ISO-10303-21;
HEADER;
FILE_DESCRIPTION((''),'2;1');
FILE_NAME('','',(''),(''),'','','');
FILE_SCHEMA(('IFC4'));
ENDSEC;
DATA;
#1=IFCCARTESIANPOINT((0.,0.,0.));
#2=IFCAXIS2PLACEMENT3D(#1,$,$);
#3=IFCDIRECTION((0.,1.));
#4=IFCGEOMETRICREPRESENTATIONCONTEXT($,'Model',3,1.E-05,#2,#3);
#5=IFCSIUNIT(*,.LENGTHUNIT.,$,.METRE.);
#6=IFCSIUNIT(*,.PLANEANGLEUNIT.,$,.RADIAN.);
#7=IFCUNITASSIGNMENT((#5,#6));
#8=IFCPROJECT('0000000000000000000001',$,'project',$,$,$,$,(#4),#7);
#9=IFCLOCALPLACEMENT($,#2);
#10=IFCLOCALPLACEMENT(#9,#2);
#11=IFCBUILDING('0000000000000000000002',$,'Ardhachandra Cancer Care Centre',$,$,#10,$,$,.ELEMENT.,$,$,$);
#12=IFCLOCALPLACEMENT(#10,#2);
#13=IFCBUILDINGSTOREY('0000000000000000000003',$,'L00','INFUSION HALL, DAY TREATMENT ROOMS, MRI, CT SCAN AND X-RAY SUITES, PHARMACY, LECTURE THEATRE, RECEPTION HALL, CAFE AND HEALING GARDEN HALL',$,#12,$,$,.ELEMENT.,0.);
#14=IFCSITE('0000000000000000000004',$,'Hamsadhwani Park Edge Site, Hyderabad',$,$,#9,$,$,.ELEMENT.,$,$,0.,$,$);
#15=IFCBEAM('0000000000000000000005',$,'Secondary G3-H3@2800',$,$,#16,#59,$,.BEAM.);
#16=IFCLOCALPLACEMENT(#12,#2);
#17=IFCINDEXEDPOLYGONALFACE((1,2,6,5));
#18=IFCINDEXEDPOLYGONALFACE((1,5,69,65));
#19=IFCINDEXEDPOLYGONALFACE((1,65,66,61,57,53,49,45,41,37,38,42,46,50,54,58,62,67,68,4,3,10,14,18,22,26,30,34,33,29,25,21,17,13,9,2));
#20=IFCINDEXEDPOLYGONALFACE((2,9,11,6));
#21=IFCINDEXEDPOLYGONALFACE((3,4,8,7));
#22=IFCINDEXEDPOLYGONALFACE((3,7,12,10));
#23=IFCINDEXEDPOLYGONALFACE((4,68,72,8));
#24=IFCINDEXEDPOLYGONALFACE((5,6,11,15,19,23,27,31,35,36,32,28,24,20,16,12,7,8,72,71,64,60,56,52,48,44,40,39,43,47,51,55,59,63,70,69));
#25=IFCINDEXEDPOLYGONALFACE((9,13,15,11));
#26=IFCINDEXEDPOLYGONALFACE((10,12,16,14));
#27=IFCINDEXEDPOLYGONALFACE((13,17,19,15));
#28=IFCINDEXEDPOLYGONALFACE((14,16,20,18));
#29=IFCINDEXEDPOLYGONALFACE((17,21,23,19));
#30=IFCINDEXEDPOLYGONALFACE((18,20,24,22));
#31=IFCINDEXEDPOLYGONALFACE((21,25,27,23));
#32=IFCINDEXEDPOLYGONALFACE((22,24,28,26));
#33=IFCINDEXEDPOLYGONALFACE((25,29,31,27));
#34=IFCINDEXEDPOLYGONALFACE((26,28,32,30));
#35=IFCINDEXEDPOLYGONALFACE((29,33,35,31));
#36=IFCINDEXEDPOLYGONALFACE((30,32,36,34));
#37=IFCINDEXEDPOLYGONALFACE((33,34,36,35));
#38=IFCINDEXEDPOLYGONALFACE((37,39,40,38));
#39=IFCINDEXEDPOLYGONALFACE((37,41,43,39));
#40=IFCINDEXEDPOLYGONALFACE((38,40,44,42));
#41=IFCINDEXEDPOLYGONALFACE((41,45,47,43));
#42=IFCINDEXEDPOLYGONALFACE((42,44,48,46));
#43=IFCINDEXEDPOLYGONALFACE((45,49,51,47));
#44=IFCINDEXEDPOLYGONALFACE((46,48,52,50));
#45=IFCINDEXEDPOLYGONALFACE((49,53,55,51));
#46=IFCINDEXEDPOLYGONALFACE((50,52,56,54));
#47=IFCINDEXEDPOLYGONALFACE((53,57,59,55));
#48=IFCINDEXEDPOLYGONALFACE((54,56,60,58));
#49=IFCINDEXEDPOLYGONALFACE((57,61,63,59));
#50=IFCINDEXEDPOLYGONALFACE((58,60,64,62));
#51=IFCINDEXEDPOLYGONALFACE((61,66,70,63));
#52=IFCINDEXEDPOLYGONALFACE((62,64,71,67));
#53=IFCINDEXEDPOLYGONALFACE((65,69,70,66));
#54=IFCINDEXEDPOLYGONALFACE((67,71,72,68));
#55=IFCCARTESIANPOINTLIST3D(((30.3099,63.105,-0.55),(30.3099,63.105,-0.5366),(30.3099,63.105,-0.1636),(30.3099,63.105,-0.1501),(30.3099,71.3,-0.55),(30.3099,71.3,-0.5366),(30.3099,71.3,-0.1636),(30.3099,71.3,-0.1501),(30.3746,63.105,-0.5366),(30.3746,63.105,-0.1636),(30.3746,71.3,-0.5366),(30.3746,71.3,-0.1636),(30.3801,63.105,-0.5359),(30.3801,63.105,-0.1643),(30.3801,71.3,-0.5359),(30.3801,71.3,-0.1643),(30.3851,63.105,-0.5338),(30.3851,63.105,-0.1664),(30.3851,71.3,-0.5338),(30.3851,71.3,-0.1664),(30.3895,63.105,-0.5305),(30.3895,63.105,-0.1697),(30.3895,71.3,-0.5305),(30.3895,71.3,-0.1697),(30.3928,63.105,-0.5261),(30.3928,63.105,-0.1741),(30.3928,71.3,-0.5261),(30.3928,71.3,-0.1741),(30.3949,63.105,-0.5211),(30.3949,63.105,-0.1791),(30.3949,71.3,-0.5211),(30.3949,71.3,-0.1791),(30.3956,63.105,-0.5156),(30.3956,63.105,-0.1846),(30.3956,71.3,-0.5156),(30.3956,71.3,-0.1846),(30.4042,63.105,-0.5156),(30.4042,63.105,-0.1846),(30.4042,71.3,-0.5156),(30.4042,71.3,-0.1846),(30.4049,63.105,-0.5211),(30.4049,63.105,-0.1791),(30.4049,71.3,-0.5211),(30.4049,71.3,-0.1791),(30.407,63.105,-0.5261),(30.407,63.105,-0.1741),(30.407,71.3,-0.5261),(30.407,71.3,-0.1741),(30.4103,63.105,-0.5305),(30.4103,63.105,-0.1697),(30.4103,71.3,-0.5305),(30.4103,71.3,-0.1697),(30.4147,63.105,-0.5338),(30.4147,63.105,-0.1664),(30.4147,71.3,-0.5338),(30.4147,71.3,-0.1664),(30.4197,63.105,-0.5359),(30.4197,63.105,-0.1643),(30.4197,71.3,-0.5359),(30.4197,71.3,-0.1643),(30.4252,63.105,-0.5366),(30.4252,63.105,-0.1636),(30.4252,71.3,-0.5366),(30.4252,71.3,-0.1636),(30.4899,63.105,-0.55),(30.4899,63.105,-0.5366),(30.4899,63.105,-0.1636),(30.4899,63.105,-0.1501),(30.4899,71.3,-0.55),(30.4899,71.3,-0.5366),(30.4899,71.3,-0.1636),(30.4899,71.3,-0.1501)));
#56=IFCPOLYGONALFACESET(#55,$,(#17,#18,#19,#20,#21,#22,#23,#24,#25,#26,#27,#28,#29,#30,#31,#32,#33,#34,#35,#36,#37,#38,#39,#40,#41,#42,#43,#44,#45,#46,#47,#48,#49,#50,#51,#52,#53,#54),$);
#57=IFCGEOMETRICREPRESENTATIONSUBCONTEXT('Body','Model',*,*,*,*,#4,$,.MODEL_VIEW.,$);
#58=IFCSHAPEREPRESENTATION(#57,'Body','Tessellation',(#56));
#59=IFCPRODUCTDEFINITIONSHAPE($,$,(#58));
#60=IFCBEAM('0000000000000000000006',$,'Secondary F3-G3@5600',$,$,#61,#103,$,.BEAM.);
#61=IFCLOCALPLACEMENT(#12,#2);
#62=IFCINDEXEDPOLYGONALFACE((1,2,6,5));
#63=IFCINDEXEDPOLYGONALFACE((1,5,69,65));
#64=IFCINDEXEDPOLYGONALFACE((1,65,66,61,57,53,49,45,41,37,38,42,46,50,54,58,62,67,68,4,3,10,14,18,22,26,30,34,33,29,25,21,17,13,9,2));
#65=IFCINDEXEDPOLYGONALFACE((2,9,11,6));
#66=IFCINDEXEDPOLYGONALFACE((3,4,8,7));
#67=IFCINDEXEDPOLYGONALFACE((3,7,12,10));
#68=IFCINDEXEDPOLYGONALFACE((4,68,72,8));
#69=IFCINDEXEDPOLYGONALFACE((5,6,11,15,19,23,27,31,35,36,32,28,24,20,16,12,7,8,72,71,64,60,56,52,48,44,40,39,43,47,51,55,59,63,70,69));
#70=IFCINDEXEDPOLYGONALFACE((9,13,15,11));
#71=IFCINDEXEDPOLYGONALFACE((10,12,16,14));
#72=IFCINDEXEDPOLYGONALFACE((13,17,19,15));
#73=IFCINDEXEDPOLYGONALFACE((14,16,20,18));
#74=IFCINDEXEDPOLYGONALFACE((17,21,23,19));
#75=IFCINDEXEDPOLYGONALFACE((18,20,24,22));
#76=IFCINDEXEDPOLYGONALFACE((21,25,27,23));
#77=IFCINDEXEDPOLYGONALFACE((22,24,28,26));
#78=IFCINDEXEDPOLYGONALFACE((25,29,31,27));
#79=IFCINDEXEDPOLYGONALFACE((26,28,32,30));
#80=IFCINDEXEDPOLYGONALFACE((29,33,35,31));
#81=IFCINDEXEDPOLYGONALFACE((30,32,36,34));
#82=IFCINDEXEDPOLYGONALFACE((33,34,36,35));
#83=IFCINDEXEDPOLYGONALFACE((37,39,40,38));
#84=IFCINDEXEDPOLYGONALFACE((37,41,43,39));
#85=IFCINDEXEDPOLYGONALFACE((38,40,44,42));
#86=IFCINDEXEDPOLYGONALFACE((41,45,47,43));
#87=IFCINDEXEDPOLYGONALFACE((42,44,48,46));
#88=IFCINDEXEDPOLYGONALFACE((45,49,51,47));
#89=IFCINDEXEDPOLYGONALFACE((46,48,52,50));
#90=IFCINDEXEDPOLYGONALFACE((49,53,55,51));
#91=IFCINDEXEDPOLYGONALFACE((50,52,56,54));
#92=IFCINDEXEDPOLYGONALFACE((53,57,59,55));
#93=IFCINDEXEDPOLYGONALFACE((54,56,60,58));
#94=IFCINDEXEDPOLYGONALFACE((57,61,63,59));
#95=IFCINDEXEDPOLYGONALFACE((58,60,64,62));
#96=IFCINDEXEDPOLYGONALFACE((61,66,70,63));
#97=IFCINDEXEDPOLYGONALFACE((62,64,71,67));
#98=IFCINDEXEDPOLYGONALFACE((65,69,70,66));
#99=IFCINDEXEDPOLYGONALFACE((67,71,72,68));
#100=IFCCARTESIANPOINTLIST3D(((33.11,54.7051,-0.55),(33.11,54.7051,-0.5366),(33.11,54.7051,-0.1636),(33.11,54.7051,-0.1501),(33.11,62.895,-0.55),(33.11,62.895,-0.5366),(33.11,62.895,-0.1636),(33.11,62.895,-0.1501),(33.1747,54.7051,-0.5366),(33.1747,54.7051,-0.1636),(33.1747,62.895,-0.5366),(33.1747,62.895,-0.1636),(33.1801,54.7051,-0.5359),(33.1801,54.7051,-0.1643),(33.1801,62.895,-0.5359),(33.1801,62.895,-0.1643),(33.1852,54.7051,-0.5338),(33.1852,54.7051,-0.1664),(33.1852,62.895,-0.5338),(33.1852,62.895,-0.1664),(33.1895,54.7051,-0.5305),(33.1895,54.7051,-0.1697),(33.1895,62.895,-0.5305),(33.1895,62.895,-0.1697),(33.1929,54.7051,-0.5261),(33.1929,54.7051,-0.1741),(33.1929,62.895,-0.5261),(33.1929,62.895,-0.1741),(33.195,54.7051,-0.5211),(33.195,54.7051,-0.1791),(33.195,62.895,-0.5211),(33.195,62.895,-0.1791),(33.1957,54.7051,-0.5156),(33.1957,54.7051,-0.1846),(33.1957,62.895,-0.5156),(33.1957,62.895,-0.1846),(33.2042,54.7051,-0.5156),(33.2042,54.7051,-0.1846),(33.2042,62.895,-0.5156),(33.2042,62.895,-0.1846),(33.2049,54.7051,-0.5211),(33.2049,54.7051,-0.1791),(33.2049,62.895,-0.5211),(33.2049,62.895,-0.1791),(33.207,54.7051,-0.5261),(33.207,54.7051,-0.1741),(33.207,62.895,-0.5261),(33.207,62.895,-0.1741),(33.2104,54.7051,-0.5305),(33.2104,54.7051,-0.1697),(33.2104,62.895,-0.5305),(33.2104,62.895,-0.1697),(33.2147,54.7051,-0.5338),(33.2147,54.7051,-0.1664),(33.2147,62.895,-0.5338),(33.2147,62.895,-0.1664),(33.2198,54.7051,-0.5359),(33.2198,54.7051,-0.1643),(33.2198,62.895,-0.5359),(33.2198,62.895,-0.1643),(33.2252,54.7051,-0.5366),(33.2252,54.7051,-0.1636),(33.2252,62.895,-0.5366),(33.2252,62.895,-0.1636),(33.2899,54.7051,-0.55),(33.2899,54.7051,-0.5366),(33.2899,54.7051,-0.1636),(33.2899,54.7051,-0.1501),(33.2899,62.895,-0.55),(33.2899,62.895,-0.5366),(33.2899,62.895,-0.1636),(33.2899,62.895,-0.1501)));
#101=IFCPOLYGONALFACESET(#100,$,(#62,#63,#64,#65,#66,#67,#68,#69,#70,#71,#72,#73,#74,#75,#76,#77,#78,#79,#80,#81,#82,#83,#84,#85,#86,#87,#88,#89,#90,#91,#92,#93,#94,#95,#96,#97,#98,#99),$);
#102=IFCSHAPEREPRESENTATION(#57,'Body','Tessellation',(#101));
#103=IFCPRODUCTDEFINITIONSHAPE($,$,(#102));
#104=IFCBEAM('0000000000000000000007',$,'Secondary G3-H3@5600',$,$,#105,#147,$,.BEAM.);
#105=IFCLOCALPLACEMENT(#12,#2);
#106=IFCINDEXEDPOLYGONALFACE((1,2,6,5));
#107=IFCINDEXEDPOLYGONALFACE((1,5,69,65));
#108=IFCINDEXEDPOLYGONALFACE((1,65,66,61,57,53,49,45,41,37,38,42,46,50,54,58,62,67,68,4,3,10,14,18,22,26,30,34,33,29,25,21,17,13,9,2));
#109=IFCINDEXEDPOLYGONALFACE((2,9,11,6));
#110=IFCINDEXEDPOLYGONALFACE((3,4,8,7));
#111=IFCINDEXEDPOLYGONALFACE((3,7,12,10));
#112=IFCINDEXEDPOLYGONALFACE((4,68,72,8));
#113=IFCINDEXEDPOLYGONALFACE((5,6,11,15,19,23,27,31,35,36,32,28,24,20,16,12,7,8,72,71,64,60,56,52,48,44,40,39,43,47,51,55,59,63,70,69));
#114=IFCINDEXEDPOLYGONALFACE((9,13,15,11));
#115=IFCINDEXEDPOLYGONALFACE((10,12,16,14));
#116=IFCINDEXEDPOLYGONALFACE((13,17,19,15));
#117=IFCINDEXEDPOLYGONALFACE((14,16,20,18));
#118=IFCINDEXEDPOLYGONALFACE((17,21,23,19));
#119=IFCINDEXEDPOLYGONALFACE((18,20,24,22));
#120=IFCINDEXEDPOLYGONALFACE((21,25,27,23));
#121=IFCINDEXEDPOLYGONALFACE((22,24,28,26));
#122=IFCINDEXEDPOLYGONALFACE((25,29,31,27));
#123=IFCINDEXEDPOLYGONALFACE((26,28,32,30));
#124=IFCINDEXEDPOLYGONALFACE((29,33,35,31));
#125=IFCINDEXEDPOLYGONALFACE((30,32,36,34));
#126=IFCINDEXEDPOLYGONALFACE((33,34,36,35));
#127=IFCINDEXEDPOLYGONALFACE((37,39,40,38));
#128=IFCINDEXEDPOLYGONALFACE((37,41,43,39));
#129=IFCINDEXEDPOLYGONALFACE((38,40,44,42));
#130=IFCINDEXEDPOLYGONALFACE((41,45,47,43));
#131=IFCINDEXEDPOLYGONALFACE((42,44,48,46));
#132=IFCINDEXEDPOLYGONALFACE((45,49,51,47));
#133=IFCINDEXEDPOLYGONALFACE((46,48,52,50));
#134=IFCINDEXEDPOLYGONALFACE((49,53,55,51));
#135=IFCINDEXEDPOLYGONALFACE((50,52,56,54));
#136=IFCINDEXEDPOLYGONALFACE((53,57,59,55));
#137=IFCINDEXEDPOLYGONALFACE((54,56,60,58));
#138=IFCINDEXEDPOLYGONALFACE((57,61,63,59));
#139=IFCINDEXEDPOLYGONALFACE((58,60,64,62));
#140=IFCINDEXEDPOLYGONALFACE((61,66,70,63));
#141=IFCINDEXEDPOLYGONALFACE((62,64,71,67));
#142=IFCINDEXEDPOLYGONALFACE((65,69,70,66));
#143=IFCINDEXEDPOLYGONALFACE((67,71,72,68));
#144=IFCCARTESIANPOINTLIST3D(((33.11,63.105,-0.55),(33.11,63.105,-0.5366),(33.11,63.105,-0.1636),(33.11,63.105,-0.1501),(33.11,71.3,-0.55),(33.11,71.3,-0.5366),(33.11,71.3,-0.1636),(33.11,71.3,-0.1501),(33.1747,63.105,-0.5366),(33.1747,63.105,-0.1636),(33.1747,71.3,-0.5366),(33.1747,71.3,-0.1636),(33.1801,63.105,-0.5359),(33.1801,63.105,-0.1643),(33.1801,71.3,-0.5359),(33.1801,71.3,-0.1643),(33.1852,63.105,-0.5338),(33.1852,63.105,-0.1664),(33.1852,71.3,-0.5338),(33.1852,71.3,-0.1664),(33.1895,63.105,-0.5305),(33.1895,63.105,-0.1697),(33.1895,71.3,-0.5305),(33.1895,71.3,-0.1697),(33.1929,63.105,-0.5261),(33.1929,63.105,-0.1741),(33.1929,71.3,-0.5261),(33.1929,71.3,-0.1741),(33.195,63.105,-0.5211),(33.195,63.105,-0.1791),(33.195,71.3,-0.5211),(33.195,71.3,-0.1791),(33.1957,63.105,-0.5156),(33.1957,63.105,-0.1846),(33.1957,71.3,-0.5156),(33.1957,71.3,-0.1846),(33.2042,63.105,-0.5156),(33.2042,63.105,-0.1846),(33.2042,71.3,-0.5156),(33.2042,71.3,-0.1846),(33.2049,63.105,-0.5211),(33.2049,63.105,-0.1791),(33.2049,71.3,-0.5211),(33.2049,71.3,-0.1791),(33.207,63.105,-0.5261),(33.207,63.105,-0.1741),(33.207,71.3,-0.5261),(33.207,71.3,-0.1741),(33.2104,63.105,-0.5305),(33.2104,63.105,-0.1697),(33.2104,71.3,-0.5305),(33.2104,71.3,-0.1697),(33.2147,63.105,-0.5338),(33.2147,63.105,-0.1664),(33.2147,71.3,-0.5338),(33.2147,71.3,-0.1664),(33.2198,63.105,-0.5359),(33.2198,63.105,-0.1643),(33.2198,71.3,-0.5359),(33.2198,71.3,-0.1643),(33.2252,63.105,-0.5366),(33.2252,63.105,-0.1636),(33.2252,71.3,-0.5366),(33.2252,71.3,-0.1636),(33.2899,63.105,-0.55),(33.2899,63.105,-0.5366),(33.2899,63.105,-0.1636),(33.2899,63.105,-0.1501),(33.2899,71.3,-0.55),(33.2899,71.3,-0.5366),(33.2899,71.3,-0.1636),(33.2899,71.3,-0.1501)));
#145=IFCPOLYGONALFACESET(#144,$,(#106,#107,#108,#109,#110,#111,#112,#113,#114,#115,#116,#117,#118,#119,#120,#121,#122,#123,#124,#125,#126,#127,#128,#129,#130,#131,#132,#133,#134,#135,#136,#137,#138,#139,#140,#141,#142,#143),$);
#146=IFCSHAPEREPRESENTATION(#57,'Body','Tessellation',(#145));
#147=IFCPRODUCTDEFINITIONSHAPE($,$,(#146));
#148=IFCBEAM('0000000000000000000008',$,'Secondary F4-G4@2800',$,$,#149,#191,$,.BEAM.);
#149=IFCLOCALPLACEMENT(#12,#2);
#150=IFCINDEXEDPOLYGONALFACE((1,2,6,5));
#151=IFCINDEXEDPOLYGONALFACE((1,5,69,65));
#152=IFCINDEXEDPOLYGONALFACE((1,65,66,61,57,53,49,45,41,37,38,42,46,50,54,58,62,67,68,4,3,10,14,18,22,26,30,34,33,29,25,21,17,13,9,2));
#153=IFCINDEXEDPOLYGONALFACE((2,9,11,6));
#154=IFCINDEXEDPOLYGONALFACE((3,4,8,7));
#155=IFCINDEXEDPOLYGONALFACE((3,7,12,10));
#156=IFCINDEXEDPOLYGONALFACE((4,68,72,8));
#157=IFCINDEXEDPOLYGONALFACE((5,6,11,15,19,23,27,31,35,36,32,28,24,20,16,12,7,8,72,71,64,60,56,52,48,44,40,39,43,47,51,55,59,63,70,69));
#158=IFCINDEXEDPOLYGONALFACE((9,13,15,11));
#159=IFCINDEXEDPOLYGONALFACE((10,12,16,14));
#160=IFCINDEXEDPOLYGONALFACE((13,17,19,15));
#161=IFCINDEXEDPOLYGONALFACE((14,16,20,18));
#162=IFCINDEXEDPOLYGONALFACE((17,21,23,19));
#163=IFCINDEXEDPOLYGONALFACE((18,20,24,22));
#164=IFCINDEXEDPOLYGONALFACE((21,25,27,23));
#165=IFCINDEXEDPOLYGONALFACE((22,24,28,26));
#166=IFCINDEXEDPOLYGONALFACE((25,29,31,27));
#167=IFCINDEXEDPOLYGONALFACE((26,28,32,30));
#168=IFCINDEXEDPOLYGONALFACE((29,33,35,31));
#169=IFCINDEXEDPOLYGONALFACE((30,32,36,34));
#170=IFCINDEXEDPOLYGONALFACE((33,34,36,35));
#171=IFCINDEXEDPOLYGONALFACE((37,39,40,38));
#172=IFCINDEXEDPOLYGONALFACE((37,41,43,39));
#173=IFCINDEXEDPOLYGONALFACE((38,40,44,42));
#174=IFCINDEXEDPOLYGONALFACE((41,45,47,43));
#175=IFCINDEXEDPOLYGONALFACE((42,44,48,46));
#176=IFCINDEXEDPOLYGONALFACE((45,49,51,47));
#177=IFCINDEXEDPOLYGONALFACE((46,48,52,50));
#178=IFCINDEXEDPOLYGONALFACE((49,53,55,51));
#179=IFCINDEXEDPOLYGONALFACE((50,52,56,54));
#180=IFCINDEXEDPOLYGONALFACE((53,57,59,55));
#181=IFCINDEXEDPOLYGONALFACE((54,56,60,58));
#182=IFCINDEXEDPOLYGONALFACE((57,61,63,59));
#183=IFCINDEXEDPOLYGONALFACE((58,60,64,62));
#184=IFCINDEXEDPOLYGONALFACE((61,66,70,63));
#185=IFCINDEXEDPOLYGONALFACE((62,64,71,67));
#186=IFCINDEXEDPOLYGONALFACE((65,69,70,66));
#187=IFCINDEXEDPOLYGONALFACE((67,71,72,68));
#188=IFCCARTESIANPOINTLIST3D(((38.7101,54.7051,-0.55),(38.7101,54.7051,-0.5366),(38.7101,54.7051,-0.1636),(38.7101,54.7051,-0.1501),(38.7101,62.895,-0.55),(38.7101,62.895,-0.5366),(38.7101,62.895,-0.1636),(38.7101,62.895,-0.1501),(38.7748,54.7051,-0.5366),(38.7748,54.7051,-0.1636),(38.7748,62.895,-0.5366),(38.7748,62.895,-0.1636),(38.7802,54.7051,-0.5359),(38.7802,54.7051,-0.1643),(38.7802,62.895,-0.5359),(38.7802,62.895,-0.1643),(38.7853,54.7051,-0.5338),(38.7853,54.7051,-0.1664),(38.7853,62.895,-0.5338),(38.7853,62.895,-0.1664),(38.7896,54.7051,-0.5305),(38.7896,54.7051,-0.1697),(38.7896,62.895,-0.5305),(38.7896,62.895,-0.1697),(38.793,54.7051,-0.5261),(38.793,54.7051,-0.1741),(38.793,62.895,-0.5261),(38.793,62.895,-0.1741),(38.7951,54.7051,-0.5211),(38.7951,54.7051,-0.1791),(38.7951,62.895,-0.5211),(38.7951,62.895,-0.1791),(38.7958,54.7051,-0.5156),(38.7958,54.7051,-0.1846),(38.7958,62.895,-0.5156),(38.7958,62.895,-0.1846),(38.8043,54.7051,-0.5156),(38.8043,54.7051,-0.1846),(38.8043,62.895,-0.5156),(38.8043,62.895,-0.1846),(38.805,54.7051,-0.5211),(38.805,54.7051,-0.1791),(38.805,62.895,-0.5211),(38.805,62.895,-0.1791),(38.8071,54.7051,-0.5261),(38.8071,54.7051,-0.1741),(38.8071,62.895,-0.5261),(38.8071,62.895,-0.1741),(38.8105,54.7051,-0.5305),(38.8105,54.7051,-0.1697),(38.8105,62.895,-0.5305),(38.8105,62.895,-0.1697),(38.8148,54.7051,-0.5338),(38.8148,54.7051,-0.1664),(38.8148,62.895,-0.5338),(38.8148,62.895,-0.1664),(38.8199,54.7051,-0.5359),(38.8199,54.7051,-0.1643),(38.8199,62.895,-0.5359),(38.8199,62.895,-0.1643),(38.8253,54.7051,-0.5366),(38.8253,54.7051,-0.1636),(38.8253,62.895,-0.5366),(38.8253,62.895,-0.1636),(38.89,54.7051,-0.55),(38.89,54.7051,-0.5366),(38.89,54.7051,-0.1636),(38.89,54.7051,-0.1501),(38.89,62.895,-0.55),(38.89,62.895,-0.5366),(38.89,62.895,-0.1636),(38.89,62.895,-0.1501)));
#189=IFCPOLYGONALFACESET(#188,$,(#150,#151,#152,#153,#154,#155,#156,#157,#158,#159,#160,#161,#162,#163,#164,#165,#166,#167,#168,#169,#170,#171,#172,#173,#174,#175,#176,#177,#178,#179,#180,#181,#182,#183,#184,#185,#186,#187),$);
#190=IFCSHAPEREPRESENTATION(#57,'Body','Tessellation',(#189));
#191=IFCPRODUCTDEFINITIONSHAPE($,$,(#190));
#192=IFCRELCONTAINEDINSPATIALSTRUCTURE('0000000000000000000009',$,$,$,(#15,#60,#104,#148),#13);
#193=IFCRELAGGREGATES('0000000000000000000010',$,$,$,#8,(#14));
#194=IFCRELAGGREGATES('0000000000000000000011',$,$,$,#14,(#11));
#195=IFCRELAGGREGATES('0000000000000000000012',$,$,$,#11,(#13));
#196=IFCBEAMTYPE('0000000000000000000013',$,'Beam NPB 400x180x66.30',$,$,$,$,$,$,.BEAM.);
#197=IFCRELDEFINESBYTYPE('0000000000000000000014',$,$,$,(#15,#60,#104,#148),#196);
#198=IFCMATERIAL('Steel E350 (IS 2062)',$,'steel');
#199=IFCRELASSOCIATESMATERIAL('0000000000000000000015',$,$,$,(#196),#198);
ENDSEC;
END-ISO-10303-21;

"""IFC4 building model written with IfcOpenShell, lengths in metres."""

from ifc_helpers import new_model, si_unit, direction, frame, origin, origin_2d, place, context, subcontext, project, spatial, i_section, extrude, material, material_profile, profile_set, type_object, element, save


model = new_model("IFC4")

# Units and contexts
model_context = context("Model", 3, precision=1e-05, world=origin(), true_north=direction((0.0, 1.0)))
body_context = subcontext(model_context, "Body", "Model", "MODEL_VIEW")
ifc_project = project(units=[si_unit("LENGTHUNIT", "METRE"), si_unit("PLANEANGLEUNIT", "RADIAN")], contexts=[model_context])

# Site, building, storey
site_placement = place(None, origin())
site = spatial("IfcSite", under=ifc_project, at=site_placement, Name="Hamsadhwani Park Edge Site, Hyderabad", CompositionType="ELEMENT", RefElevation=0.0)
building_placement = place(site_placement, origin())
building = spatial("IfcBuilding", under=site, at=building_placement, Name="Ardhachandra Cancer Care Centre", CompositionType="ELEMENT")
storey_placement = place(building_placement, origin())
storey = spatial("IfcBuildingStorey", under=building, at=storey_placement, Name="L00", Description="INFUSION HALL, DAY TREATMENT ROOMS, MRI, CT SCAN AND X-RAY SUITES, PHARMACY, LECTURE THEATRE, RECEPTION HALL, CAFE AND HEALING GARDEN HALL", CompositionType="ELEMENT", Elevation=0.0)

# Beams
ifc_material_1 = material(Name="Steel E350 (IS 2062)", Category="steel")
ifc_material_profile_1 = material_profile(ifc_material_1, i_section(OverallWidth=0.1799, OverallDepth=0.3999, WebThickness=0.0085, FlangeThickness=0.0134, FilletRadius=0.021, at=origin_2d()), Name="NPB 400x180x66.30")
ifc_profile_set_1 = profile_set([ifc_material_profile_1], Name="Steel E350 (IS 2062)")
beam_type_1 = type_object("IfcBeamType", Name="Beam NPB 400x180x66.30", PredefinedType="BEAM", material=ifc_profile_set_1)
beam_1_placement = place(storey_placement, frame((30.3999, 63.105, -0.3501), z_axis=(0.0, 1.0, 0.0), x_axis=(-1.0, 0.0, 0.0)))
element("IfcBeam", 1, at=beam_1_placement, inside=storey, type_object=beam_type_1, Name="Secondary G3-H3@2800", PredefinedType="BEAM", context=body_context, shape_type="SweptSolid", body=[
    extrude(i_section(OverallWidth=0.1799, OverallDepth=0.3999, WebThickness=0.0085, FlangeThickness=0.0134, FilletRadius=0.021, at=origin_2d()), origin(), (0.0, 0.0, 1.0), 8.1951),
])
beam_2_placement = place(storey_placement, frame((33.2, 54.7051, -0.3501), z_axis=(0.0, 1.0, 0.0), x_axis=(-1.0, 0.0, 0.0)))
element("IfcBeam", 2, at=beam_2_placement, inside=storey, type_object=beam_type_1, Name="Secondary F3-G3@5600", PredefinedType="BEAM", context=body_context, shape_type="SweptSolid", body=[
    extrude(i_section(OverallWidth=0.1799, OverallDepth=0.3999, WebThickness=0.0085, FlangeThickness=0.0134, FilletRadius=0.021, at=origin_2d()), origin(), (0.0, 0.0, 1.0), 8.1899),
])
beam_3_placement = place(storey_placement, frame((33.2, 63.105, -0.3501), z_axis=(0.0, 1.0, 0.0), x_axis=(-1.0, 0.0, 0.0)))
element("IfcBeam", 3, at=beam_3_placement, inside=storey, type_object=beam_type_1, Name="Secondary G3-H3@5600", PredefinedType="BEAM", context=body_context, shape_type="SweptSolid", body=[
    extrude(i_section(OverallWidth=0.1799, OverallDepth=0.3999, WebThickness=0.0085, FlangeThickness=0.0134, FilletRadius=0.021, at=origin_2d()), origin(), (0.0, 0.0, 1.0), 8.1951),
])
beam_4_placement = place(storey_placement, frame((38.8, 54.7051, -0.3501), z_axis=(0.0, 1.0, 0.0), x_axis=(-1.0, 0.0, 0.0)))
element("IfcBeam", 4, at=beam_4_placement, inside=storey, type_object=beam_type_1, Name="Secondary F4-G4@2800", PredefinedType="BEAM", context=body_context, shape_type="SweptSolid", body=[
    extrude(i_section(OverallWidth=0.1799, OverallDepth=0.3999, WebThickness=0.0085, FlangeThickness=0.0134, FilletRadius=0.021, at=origin_2d()), origin(), (0.0, 0.0, 1.0), 8.1899),
])

save(model, "model.ifc")
